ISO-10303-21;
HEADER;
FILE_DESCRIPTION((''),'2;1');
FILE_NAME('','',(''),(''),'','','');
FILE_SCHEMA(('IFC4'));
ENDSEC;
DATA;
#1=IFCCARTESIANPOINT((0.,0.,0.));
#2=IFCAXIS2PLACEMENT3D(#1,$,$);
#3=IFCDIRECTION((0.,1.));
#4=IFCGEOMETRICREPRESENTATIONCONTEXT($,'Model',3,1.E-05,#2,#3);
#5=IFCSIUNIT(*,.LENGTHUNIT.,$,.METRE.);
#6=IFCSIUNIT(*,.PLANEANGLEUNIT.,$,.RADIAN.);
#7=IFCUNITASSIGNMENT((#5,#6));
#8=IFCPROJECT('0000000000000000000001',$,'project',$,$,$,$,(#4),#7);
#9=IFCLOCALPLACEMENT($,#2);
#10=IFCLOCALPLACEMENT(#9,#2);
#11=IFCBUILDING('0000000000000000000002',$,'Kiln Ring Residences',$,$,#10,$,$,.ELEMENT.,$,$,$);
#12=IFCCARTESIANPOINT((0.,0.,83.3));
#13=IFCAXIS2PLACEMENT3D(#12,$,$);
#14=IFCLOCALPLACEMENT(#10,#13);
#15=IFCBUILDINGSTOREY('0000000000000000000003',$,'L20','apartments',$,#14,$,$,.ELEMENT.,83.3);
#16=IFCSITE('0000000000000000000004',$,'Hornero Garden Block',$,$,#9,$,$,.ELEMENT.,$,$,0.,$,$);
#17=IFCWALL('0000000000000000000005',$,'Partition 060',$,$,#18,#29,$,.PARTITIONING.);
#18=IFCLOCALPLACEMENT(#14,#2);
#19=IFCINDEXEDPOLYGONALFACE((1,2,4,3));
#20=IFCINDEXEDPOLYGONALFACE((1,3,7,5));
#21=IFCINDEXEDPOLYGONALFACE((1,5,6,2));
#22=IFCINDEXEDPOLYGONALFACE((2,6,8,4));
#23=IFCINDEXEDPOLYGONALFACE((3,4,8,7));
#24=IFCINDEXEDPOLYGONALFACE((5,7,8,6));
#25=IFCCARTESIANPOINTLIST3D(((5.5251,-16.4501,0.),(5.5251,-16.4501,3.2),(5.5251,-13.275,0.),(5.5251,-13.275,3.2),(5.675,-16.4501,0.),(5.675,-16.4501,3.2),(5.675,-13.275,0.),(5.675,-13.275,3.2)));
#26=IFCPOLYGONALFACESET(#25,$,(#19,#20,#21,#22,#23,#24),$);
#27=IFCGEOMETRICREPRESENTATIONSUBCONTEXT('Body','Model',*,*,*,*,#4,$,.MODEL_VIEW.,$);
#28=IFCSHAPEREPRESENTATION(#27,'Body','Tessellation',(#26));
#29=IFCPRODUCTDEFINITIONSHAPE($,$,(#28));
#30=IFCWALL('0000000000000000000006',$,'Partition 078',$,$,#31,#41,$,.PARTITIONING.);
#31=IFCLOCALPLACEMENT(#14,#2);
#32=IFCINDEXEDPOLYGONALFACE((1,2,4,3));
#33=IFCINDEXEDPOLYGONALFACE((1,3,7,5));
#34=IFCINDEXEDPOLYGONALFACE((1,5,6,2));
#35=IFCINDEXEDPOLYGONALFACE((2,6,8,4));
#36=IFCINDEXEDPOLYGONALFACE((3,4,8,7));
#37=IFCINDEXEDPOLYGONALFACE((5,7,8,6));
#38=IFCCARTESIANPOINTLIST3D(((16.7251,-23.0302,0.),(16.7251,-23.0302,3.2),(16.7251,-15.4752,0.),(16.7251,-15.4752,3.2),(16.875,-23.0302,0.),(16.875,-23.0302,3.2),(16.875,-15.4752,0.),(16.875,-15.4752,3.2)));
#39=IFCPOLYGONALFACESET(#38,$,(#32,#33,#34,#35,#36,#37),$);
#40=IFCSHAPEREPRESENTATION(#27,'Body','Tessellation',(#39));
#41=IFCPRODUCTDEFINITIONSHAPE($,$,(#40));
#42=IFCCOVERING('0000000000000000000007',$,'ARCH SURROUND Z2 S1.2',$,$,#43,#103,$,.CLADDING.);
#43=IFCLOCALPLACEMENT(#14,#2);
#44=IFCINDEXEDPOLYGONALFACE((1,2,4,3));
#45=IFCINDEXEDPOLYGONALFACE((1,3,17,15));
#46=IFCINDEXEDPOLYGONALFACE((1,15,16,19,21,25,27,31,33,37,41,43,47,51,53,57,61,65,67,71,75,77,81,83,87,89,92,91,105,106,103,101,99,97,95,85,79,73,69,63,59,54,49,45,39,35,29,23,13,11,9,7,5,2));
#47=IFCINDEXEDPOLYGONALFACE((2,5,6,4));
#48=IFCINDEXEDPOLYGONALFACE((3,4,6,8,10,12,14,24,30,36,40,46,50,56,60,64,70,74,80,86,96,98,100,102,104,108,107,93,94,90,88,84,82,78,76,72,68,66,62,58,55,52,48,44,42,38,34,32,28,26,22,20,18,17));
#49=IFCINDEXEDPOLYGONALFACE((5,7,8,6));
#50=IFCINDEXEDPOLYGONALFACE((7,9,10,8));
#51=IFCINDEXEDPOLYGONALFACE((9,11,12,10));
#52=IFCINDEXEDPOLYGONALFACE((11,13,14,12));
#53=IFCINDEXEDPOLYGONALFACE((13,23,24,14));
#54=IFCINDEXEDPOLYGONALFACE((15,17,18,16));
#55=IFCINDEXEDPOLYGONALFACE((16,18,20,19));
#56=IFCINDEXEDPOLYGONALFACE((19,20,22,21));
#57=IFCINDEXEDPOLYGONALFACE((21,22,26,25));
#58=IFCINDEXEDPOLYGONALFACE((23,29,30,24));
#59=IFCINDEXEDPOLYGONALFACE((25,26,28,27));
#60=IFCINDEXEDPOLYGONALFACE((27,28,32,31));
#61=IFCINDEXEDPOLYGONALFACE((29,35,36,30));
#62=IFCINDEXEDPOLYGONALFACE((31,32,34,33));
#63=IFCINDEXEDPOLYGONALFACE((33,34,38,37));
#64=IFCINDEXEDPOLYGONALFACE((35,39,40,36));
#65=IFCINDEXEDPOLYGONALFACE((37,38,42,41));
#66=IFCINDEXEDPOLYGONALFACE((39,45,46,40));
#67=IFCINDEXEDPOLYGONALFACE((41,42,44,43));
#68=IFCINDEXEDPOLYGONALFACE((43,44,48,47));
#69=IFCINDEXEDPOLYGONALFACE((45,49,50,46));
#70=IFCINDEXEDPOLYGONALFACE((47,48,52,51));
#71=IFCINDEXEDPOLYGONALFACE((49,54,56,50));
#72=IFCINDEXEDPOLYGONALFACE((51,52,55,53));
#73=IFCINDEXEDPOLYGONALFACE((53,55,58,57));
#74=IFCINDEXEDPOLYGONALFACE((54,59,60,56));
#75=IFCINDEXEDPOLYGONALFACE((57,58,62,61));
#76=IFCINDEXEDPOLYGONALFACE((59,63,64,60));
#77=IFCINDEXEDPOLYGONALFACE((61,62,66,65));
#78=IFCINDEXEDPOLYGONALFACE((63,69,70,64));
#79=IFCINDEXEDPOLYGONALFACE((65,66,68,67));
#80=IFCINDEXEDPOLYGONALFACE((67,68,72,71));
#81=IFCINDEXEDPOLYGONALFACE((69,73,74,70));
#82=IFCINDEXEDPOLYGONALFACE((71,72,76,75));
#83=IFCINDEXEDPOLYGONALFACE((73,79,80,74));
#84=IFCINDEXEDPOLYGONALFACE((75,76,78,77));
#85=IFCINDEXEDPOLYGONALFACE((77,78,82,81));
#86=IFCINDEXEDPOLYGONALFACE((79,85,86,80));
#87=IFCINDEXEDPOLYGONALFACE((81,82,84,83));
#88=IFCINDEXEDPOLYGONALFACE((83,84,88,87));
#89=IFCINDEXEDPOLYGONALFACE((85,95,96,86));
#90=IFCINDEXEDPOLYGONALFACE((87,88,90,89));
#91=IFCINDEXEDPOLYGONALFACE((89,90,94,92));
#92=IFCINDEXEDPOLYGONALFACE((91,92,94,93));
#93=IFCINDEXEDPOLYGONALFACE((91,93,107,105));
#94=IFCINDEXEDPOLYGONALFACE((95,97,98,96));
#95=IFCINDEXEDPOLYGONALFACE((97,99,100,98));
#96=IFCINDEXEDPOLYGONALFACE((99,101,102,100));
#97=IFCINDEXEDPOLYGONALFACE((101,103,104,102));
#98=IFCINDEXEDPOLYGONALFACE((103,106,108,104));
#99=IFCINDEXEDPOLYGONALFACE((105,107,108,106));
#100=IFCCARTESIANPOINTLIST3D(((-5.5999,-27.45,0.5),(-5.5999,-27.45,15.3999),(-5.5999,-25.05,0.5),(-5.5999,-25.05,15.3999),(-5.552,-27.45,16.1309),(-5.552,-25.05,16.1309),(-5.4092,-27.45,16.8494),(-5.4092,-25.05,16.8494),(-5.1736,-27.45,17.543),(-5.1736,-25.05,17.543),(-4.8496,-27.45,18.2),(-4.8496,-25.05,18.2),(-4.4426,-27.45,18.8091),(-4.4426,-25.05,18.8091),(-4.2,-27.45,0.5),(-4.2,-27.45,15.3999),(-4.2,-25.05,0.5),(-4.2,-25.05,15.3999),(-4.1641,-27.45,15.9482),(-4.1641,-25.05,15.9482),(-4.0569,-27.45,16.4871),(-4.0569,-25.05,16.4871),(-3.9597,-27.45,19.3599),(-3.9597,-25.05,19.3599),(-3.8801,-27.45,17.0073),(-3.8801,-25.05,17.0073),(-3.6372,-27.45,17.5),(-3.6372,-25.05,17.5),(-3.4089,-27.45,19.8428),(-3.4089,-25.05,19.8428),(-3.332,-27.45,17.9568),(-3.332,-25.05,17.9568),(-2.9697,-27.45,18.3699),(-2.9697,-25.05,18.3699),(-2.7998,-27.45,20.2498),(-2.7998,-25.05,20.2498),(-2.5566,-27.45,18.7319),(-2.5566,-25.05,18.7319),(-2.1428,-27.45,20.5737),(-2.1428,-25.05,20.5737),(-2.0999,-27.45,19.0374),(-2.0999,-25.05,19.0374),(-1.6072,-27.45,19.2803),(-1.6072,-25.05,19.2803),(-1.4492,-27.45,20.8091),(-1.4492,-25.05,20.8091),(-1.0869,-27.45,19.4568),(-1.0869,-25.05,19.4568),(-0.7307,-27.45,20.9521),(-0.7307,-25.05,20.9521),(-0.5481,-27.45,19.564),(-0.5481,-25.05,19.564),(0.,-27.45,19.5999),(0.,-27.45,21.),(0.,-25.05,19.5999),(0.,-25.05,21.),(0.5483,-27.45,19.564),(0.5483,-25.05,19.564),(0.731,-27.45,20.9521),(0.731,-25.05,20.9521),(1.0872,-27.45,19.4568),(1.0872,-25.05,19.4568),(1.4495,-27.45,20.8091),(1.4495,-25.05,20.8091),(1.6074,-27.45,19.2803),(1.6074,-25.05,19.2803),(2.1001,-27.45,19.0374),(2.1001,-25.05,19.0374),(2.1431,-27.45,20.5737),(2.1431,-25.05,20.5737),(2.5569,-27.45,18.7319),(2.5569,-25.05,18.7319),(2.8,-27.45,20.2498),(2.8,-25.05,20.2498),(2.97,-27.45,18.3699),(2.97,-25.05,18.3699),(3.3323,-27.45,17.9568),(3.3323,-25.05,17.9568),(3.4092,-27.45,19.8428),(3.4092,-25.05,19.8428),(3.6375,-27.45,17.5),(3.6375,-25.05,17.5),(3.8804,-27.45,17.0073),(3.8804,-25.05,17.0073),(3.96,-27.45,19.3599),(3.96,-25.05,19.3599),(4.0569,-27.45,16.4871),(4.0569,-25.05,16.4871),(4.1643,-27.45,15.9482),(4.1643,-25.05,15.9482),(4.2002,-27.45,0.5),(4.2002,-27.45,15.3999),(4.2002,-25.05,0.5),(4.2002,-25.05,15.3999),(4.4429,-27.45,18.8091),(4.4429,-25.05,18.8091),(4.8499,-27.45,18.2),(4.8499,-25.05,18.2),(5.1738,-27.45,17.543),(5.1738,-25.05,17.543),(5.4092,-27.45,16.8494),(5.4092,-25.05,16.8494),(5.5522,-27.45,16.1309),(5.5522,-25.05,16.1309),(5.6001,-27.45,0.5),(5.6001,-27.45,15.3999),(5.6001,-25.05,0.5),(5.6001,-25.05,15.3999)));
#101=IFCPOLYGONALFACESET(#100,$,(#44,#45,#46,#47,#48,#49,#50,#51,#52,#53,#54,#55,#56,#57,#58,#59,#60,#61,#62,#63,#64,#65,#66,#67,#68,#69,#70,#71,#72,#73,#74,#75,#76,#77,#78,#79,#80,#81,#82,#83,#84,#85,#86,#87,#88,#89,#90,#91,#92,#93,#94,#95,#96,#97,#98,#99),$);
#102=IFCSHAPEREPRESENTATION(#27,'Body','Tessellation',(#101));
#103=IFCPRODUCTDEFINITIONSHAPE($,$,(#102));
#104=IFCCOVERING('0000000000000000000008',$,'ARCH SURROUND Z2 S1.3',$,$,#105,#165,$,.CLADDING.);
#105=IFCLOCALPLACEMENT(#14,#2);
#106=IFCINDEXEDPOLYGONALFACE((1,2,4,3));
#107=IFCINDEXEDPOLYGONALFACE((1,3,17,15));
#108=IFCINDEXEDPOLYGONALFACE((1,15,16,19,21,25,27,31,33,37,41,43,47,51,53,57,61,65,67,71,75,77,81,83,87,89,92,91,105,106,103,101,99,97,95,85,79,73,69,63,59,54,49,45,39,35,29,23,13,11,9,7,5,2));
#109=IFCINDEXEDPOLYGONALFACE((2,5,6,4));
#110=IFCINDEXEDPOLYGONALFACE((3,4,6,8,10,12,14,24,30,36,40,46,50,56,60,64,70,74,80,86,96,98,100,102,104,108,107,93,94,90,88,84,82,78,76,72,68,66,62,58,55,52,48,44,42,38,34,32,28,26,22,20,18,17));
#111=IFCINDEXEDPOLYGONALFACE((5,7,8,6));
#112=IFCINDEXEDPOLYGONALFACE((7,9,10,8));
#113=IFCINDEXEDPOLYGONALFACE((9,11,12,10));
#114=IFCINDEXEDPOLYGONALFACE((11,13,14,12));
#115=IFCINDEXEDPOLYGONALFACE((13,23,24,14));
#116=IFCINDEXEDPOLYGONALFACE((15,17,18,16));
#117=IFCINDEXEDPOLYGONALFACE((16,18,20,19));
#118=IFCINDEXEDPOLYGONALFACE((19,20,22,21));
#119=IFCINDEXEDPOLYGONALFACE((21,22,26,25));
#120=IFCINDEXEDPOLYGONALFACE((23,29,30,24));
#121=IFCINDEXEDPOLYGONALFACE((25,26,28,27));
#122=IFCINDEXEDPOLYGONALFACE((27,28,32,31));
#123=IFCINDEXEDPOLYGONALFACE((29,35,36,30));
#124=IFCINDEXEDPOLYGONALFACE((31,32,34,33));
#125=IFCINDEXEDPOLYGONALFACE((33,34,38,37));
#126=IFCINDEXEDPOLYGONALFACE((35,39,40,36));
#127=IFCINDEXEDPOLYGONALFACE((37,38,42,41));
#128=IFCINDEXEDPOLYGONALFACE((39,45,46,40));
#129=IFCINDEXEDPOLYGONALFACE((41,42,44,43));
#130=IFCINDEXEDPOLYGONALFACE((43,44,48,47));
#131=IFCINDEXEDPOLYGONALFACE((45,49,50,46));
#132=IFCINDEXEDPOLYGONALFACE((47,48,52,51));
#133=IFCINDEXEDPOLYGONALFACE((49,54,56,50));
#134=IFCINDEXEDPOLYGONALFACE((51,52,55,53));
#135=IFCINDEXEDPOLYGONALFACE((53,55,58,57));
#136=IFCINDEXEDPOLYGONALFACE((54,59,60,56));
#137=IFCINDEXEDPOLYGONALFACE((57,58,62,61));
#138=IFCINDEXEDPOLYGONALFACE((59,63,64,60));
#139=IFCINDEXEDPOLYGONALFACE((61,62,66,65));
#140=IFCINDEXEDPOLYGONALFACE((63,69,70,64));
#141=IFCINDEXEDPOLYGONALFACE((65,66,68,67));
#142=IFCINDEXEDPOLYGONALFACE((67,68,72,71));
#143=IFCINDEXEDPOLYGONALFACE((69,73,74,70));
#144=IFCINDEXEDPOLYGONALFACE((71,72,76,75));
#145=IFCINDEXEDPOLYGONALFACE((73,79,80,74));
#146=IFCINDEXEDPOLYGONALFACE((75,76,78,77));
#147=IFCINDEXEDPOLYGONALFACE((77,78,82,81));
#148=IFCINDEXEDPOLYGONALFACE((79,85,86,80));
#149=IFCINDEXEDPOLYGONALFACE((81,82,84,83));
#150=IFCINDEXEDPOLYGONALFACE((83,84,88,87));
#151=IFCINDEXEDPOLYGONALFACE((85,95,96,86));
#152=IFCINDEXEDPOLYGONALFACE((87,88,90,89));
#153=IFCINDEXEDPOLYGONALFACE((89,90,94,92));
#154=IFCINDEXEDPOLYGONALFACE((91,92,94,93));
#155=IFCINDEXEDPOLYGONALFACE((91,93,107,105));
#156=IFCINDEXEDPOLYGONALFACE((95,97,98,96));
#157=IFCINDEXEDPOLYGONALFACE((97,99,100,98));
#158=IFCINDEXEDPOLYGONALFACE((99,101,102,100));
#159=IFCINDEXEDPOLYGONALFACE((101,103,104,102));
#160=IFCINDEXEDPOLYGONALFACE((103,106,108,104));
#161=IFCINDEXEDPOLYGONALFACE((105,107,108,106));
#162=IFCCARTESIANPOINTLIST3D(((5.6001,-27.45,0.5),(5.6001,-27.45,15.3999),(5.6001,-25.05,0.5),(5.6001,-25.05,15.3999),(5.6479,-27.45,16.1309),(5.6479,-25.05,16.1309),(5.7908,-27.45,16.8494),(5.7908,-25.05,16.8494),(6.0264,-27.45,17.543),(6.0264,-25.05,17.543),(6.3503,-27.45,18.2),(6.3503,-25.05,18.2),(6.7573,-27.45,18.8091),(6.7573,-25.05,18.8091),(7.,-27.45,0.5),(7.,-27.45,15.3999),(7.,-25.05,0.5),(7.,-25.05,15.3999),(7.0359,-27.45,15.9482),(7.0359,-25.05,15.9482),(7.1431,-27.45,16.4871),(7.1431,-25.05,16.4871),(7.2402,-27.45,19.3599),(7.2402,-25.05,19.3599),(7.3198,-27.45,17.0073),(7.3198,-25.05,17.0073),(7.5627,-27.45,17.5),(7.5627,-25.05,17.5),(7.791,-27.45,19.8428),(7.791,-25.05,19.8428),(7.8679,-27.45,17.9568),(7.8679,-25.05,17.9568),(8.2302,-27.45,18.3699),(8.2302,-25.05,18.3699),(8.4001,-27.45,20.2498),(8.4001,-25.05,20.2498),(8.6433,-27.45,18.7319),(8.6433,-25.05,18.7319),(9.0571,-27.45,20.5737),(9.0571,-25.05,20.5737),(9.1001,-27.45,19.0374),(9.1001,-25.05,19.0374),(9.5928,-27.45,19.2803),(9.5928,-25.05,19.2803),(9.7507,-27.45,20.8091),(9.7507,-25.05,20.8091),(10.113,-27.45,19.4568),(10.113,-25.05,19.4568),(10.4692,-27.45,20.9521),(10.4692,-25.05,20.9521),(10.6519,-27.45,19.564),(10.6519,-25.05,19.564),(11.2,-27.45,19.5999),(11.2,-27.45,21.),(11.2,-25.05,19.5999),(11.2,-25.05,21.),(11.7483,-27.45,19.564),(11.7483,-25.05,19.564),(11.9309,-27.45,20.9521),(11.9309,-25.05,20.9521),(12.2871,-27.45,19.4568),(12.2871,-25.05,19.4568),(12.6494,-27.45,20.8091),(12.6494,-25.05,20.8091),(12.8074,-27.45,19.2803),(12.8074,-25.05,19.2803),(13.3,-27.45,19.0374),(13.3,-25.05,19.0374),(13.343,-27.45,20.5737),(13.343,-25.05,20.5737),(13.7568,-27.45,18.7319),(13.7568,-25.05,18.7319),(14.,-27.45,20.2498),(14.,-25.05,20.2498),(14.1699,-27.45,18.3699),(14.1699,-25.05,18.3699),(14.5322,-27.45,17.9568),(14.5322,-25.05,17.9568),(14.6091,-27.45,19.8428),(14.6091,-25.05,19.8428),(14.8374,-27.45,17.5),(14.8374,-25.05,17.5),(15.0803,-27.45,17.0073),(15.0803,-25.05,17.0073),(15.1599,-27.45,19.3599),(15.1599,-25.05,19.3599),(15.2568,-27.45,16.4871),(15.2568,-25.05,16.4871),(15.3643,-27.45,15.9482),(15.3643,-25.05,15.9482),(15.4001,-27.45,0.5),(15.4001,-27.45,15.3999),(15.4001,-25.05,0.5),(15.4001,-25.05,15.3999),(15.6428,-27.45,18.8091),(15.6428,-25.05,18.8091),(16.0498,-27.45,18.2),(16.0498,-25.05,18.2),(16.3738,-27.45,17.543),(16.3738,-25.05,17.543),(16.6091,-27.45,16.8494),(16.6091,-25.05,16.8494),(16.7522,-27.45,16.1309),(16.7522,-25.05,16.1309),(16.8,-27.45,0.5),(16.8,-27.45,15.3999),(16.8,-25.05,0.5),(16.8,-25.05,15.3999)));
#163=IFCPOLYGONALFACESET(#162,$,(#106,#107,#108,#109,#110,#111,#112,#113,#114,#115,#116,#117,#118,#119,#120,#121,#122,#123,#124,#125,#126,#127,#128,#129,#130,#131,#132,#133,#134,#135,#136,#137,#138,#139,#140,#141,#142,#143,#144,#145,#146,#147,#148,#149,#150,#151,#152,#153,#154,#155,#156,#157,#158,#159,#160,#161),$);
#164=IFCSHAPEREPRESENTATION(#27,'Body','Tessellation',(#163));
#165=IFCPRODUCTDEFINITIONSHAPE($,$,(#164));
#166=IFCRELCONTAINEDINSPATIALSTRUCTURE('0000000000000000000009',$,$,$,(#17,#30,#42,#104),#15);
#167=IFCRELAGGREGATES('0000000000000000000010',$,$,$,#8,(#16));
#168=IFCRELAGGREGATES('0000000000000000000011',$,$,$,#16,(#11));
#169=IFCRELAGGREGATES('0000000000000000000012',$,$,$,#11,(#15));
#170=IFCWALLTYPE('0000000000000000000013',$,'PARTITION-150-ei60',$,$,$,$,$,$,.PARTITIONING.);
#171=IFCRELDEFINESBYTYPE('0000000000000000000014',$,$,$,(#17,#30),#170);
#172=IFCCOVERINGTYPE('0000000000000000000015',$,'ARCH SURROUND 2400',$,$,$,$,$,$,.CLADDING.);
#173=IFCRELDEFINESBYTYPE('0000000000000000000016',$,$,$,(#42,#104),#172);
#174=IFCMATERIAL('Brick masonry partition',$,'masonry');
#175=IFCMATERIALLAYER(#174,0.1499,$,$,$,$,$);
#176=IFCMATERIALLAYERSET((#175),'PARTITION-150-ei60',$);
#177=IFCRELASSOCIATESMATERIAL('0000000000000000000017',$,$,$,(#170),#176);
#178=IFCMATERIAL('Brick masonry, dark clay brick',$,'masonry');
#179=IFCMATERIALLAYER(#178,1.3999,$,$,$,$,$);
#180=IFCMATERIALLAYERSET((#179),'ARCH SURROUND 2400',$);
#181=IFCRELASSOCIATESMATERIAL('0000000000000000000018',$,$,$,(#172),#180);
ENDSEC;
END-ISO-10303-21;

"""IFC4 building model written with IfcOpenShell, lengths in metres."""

from ifc_helpers import new_model, si_unit, direction, frame, frame_2d, origin, place, context, subcontext, project, spatial, polyline, rectangle, outline, extrude, material, layer, layer_set, type_object, element, save


model = new_model("IFC4")

# Units and contexts
model_context = context("Model", 3, precision=1e-05, world=origin(), true_north=direction((0.0, 1.0)))
body_context = subcontext(model_context, "Body", "Model", "MODEL_VIEW")
ifc_project = project(units=[si_unit("LENGTHUNIT", "METRE"), si_unit("PLANEANGLEUNIT", "RADIAN")], contexts=[model_context])

# Site, building, storey
site_placement = place(None, origin())
site = spatial("IfcSite", under=ifc_project, at=site_placement, Name="Hornero Garden Block", CompositionType="ELEMENT", RefElevation=0.0)
building_placement = place(site_placement, origin())
building = spatial("IfcBuilding", under=site, at=building_placement, Name="Kiln Ring Residences", CompositionType="ELEMENT")
storey_placement = place(building_placement, frame((0.0, 0.0, 83.3)))
storey = spatial("IfcBuildingStorey", under=building, at=storey_placement, Name="L20", Description="apartments", CompositionType="ELEMENT", Elevation=83.3)

# Walls
ifc_material_1 = material(Name="Brick masonry partition", Category="masonry")
ifc_layer_1 = layer(ifc_material_1, 0.1499)
ifc_layer_set_1 = layer_set([ifc_layer_1], Name="PARTITION-150-ei60")
wall_type_1 = type_object("IfcWallType", Name="PARTITION-150-ei60", PredefinedType="PARTITIONING", material=ifc_layer_set_1)
wall_1_placement = place(storey_placement, frame((5.6001, -16.45, 0.0), z_axis=(0.0, 0.0, 1.0), x_axis=(0.0, 1.0, 0.0)))
element("IfcWall", 1, at=wall_1_placement, inside=storey, type_object=wall_type_1, Name="Partition 060", PredefinedType="PARTITIONING", context=body_context, shape_type="SweptSolid", body=[
    extrude(rectangle(XDim=3.175, YDim=0.1499, at=frame_2d((1.5874, 0.0))), origin(), (0.0, 0.0, 1.0), 3.2),
])
wall_2_placement = place(storey_placement, frame((16.8, -23.03, 0.0), z_axis=(0.0, 0.0, 1.0), x_axis=(0.0, 1.0, 0.0)))
element("IfcWall", 2, at=wall_2_placement, inside=storey, type_object=wall_type_1, Name="Partition 078", PredefinedType="PARTITIONING", context=body_context, shape_type="SweptSolid", body=[
    extrude(rectangle(XDim=7.5549, YDim=0.1499, at=frame_2d((3.7773, 0.0))), origin(), (0.0, 0.0, 1.0), 3.2),
])

# Coverings
ifc_material_2 = material(Name="Brick masonry, dark clay brick", Category="masonry")
ifc_layer_2 = layer(ifc_material_2, 1.3999)
ifc_layer_set_2 = layer_set([ifc_layer_2], Name="ARCH SURROUND 2400")
covering_type = type_object("IfcCoveringType", Name="ARCH SURROUND 2400", PredefinedType="CLADDING", material=ifc_layer_set_2)
covering_1_placement = place(storey_placement, frame((5.6001, -26.25, 0.5), z_axis=(0.0, 0.0, 1.0), x_axis=(-1.0, 0.0, 0.0)))
element("IfcCovering", 3, at=covering_1_placement, inside=storey, type_object=covering_type, Name="ARCH SURROUND Z2 S1.2", PredefinedType="CLADDING", context=body_context, shape_type="SweptSolid", body=[
    extrude(outline(polyline([(11.2, 0.0), (11.2, 14.8999), (11.1521, 15.6309), (11.0093, 16.3494), (10.7737, 17.043), (10.4497, 17.7), (10.0427, 18.3091), (9.5598, 18.8599), (9.009, 19.3428), (8.3999, 19.7498), (7.7429, 20.0737), (7.0493, 20.3091), (6.3308, 20.4521), (5.6001, 20.5), (4.8691, 20.4521), (4.1506, 20.3091), (3.457, 20.0737), (2.8, 19.7498), (2.1909, 19.3428), (1.6401, 18.8599), (1.1572, 18.3091), (0.7502, 17.7), (0.4263, 17.043), (0.1909, 16.3494), (0.0479, 15.6309), (0.0, 14.8999), (0.0, 0.0), (1.3999, 0.0), (1.3999, 14.8999), (1.4358, 15.4482), (1.5432, 15.9871), (1.7197, 16.5073), (1.9626, 17.0), (2.2678, 17.4568), (2.6301, 17.8699), (3.0432, 18.2319), (3.5, 18.5374), (3.9927, 18.7803), (4.5129, 18.9568), (5.0518, 19.064), (5.6001, 19.0999), (6.1482, 19.064), (6.687, 18.9568), (7.2073, 18.7803), (7.7, 18.5374), (8.1567, 18.2319), (8.5698, 17.8699), (8.9321, 17.4568), (9.2373, 17.0), (9.4802, 16.5073), (9.657, 15.9871), (9.7642, 15.4482), (9.8, 14.8999), (9.8, 0.0), (11.2, 0.0)])), frame((0.0, 1.2, 0.0), z_axis=(0.0, -1.0, 0.0), x_axis=(1.0, 0.0, 0.0)), (0.0, 0.0, 1.0), 2.3999),
])
covering_2_placement = place(storey_placement, frame((16.8, -26.25, 0.5), z_axis=(0.0, 0.0, 1.0), x_axis=(-1.0, 0.0, 0.0)))
element("IfcCovering", 4, at=covering_2_placement, inside=storey, type_object=covering_type, Name="ARCH SURROUND Z2 S1.3", PredefinedType="CLADDING", context=body_context, shape_type="SweptSolid", body=[
    extrude(outline(polyline([(11.2, 0.0), (11.2, 14.8999), (11.1521, 15.6309), (11.0093, 16.3494), (10.7737, 17.043), (10.4497, 17.7), (10.0427, 18.3091), (9.5598, 18.8599), (9.009, 19.3428), (8.3999, 19.7498), (7.7429, 20.0737), (7.0493, 20.3091), (6.3308, 20.4521), (5.6001, 20.5), (4.8691, 20.4521), (4.1506, 20.3091), (3.457, 20.0737), (2.8, 19.7498), (2.1909, 19.3428), (1.6401, 18.8599), (1.1572, 18.3091), (0.7502, 17.7), (0.4263, 17.043), (0.1909, 16.3494), (0.0479, 15.6309), (0.0, 14.8999), (0.0, 0.0), (1.3999, 0.0), (1.3999, 14.8999), (1.4358, 15.4482), (1.5432, 15.9871), (1.7197, 16.5073), (1.9626, 17.0), (2.2678, 17.4568), (2.6301, 17.8699), (3.0432, 18.2319), (3.5, 18.5374), (3.9927, 18.7803), (4.5129, 18.9568), (5.0518, 19.064), (5.6001, 19.0999), (6.1482, 19.064), (6.687, 18.9568), (7.2073, 18.7803), (7.7, 18.5374), (8.1567, 18.2319), (8.5698, 17.8699), (8.9321, 17.4568), (9.2373, 17.0), (9.4802, 16.5073), (9.657, 15.9871), (9.7642, 15.4482), (9.8, 14.8999), (9.8, 0.0), (11.2, 0.0)])), frame((0.0, 1.2, 0.0), z_axis=(0.0, -1.0, 0.0), x_axis=(1.0, 0.0, 0.0)), (0.0, 0.0, 1.0), 2.3999),
])

save(model, "model.ifc")
